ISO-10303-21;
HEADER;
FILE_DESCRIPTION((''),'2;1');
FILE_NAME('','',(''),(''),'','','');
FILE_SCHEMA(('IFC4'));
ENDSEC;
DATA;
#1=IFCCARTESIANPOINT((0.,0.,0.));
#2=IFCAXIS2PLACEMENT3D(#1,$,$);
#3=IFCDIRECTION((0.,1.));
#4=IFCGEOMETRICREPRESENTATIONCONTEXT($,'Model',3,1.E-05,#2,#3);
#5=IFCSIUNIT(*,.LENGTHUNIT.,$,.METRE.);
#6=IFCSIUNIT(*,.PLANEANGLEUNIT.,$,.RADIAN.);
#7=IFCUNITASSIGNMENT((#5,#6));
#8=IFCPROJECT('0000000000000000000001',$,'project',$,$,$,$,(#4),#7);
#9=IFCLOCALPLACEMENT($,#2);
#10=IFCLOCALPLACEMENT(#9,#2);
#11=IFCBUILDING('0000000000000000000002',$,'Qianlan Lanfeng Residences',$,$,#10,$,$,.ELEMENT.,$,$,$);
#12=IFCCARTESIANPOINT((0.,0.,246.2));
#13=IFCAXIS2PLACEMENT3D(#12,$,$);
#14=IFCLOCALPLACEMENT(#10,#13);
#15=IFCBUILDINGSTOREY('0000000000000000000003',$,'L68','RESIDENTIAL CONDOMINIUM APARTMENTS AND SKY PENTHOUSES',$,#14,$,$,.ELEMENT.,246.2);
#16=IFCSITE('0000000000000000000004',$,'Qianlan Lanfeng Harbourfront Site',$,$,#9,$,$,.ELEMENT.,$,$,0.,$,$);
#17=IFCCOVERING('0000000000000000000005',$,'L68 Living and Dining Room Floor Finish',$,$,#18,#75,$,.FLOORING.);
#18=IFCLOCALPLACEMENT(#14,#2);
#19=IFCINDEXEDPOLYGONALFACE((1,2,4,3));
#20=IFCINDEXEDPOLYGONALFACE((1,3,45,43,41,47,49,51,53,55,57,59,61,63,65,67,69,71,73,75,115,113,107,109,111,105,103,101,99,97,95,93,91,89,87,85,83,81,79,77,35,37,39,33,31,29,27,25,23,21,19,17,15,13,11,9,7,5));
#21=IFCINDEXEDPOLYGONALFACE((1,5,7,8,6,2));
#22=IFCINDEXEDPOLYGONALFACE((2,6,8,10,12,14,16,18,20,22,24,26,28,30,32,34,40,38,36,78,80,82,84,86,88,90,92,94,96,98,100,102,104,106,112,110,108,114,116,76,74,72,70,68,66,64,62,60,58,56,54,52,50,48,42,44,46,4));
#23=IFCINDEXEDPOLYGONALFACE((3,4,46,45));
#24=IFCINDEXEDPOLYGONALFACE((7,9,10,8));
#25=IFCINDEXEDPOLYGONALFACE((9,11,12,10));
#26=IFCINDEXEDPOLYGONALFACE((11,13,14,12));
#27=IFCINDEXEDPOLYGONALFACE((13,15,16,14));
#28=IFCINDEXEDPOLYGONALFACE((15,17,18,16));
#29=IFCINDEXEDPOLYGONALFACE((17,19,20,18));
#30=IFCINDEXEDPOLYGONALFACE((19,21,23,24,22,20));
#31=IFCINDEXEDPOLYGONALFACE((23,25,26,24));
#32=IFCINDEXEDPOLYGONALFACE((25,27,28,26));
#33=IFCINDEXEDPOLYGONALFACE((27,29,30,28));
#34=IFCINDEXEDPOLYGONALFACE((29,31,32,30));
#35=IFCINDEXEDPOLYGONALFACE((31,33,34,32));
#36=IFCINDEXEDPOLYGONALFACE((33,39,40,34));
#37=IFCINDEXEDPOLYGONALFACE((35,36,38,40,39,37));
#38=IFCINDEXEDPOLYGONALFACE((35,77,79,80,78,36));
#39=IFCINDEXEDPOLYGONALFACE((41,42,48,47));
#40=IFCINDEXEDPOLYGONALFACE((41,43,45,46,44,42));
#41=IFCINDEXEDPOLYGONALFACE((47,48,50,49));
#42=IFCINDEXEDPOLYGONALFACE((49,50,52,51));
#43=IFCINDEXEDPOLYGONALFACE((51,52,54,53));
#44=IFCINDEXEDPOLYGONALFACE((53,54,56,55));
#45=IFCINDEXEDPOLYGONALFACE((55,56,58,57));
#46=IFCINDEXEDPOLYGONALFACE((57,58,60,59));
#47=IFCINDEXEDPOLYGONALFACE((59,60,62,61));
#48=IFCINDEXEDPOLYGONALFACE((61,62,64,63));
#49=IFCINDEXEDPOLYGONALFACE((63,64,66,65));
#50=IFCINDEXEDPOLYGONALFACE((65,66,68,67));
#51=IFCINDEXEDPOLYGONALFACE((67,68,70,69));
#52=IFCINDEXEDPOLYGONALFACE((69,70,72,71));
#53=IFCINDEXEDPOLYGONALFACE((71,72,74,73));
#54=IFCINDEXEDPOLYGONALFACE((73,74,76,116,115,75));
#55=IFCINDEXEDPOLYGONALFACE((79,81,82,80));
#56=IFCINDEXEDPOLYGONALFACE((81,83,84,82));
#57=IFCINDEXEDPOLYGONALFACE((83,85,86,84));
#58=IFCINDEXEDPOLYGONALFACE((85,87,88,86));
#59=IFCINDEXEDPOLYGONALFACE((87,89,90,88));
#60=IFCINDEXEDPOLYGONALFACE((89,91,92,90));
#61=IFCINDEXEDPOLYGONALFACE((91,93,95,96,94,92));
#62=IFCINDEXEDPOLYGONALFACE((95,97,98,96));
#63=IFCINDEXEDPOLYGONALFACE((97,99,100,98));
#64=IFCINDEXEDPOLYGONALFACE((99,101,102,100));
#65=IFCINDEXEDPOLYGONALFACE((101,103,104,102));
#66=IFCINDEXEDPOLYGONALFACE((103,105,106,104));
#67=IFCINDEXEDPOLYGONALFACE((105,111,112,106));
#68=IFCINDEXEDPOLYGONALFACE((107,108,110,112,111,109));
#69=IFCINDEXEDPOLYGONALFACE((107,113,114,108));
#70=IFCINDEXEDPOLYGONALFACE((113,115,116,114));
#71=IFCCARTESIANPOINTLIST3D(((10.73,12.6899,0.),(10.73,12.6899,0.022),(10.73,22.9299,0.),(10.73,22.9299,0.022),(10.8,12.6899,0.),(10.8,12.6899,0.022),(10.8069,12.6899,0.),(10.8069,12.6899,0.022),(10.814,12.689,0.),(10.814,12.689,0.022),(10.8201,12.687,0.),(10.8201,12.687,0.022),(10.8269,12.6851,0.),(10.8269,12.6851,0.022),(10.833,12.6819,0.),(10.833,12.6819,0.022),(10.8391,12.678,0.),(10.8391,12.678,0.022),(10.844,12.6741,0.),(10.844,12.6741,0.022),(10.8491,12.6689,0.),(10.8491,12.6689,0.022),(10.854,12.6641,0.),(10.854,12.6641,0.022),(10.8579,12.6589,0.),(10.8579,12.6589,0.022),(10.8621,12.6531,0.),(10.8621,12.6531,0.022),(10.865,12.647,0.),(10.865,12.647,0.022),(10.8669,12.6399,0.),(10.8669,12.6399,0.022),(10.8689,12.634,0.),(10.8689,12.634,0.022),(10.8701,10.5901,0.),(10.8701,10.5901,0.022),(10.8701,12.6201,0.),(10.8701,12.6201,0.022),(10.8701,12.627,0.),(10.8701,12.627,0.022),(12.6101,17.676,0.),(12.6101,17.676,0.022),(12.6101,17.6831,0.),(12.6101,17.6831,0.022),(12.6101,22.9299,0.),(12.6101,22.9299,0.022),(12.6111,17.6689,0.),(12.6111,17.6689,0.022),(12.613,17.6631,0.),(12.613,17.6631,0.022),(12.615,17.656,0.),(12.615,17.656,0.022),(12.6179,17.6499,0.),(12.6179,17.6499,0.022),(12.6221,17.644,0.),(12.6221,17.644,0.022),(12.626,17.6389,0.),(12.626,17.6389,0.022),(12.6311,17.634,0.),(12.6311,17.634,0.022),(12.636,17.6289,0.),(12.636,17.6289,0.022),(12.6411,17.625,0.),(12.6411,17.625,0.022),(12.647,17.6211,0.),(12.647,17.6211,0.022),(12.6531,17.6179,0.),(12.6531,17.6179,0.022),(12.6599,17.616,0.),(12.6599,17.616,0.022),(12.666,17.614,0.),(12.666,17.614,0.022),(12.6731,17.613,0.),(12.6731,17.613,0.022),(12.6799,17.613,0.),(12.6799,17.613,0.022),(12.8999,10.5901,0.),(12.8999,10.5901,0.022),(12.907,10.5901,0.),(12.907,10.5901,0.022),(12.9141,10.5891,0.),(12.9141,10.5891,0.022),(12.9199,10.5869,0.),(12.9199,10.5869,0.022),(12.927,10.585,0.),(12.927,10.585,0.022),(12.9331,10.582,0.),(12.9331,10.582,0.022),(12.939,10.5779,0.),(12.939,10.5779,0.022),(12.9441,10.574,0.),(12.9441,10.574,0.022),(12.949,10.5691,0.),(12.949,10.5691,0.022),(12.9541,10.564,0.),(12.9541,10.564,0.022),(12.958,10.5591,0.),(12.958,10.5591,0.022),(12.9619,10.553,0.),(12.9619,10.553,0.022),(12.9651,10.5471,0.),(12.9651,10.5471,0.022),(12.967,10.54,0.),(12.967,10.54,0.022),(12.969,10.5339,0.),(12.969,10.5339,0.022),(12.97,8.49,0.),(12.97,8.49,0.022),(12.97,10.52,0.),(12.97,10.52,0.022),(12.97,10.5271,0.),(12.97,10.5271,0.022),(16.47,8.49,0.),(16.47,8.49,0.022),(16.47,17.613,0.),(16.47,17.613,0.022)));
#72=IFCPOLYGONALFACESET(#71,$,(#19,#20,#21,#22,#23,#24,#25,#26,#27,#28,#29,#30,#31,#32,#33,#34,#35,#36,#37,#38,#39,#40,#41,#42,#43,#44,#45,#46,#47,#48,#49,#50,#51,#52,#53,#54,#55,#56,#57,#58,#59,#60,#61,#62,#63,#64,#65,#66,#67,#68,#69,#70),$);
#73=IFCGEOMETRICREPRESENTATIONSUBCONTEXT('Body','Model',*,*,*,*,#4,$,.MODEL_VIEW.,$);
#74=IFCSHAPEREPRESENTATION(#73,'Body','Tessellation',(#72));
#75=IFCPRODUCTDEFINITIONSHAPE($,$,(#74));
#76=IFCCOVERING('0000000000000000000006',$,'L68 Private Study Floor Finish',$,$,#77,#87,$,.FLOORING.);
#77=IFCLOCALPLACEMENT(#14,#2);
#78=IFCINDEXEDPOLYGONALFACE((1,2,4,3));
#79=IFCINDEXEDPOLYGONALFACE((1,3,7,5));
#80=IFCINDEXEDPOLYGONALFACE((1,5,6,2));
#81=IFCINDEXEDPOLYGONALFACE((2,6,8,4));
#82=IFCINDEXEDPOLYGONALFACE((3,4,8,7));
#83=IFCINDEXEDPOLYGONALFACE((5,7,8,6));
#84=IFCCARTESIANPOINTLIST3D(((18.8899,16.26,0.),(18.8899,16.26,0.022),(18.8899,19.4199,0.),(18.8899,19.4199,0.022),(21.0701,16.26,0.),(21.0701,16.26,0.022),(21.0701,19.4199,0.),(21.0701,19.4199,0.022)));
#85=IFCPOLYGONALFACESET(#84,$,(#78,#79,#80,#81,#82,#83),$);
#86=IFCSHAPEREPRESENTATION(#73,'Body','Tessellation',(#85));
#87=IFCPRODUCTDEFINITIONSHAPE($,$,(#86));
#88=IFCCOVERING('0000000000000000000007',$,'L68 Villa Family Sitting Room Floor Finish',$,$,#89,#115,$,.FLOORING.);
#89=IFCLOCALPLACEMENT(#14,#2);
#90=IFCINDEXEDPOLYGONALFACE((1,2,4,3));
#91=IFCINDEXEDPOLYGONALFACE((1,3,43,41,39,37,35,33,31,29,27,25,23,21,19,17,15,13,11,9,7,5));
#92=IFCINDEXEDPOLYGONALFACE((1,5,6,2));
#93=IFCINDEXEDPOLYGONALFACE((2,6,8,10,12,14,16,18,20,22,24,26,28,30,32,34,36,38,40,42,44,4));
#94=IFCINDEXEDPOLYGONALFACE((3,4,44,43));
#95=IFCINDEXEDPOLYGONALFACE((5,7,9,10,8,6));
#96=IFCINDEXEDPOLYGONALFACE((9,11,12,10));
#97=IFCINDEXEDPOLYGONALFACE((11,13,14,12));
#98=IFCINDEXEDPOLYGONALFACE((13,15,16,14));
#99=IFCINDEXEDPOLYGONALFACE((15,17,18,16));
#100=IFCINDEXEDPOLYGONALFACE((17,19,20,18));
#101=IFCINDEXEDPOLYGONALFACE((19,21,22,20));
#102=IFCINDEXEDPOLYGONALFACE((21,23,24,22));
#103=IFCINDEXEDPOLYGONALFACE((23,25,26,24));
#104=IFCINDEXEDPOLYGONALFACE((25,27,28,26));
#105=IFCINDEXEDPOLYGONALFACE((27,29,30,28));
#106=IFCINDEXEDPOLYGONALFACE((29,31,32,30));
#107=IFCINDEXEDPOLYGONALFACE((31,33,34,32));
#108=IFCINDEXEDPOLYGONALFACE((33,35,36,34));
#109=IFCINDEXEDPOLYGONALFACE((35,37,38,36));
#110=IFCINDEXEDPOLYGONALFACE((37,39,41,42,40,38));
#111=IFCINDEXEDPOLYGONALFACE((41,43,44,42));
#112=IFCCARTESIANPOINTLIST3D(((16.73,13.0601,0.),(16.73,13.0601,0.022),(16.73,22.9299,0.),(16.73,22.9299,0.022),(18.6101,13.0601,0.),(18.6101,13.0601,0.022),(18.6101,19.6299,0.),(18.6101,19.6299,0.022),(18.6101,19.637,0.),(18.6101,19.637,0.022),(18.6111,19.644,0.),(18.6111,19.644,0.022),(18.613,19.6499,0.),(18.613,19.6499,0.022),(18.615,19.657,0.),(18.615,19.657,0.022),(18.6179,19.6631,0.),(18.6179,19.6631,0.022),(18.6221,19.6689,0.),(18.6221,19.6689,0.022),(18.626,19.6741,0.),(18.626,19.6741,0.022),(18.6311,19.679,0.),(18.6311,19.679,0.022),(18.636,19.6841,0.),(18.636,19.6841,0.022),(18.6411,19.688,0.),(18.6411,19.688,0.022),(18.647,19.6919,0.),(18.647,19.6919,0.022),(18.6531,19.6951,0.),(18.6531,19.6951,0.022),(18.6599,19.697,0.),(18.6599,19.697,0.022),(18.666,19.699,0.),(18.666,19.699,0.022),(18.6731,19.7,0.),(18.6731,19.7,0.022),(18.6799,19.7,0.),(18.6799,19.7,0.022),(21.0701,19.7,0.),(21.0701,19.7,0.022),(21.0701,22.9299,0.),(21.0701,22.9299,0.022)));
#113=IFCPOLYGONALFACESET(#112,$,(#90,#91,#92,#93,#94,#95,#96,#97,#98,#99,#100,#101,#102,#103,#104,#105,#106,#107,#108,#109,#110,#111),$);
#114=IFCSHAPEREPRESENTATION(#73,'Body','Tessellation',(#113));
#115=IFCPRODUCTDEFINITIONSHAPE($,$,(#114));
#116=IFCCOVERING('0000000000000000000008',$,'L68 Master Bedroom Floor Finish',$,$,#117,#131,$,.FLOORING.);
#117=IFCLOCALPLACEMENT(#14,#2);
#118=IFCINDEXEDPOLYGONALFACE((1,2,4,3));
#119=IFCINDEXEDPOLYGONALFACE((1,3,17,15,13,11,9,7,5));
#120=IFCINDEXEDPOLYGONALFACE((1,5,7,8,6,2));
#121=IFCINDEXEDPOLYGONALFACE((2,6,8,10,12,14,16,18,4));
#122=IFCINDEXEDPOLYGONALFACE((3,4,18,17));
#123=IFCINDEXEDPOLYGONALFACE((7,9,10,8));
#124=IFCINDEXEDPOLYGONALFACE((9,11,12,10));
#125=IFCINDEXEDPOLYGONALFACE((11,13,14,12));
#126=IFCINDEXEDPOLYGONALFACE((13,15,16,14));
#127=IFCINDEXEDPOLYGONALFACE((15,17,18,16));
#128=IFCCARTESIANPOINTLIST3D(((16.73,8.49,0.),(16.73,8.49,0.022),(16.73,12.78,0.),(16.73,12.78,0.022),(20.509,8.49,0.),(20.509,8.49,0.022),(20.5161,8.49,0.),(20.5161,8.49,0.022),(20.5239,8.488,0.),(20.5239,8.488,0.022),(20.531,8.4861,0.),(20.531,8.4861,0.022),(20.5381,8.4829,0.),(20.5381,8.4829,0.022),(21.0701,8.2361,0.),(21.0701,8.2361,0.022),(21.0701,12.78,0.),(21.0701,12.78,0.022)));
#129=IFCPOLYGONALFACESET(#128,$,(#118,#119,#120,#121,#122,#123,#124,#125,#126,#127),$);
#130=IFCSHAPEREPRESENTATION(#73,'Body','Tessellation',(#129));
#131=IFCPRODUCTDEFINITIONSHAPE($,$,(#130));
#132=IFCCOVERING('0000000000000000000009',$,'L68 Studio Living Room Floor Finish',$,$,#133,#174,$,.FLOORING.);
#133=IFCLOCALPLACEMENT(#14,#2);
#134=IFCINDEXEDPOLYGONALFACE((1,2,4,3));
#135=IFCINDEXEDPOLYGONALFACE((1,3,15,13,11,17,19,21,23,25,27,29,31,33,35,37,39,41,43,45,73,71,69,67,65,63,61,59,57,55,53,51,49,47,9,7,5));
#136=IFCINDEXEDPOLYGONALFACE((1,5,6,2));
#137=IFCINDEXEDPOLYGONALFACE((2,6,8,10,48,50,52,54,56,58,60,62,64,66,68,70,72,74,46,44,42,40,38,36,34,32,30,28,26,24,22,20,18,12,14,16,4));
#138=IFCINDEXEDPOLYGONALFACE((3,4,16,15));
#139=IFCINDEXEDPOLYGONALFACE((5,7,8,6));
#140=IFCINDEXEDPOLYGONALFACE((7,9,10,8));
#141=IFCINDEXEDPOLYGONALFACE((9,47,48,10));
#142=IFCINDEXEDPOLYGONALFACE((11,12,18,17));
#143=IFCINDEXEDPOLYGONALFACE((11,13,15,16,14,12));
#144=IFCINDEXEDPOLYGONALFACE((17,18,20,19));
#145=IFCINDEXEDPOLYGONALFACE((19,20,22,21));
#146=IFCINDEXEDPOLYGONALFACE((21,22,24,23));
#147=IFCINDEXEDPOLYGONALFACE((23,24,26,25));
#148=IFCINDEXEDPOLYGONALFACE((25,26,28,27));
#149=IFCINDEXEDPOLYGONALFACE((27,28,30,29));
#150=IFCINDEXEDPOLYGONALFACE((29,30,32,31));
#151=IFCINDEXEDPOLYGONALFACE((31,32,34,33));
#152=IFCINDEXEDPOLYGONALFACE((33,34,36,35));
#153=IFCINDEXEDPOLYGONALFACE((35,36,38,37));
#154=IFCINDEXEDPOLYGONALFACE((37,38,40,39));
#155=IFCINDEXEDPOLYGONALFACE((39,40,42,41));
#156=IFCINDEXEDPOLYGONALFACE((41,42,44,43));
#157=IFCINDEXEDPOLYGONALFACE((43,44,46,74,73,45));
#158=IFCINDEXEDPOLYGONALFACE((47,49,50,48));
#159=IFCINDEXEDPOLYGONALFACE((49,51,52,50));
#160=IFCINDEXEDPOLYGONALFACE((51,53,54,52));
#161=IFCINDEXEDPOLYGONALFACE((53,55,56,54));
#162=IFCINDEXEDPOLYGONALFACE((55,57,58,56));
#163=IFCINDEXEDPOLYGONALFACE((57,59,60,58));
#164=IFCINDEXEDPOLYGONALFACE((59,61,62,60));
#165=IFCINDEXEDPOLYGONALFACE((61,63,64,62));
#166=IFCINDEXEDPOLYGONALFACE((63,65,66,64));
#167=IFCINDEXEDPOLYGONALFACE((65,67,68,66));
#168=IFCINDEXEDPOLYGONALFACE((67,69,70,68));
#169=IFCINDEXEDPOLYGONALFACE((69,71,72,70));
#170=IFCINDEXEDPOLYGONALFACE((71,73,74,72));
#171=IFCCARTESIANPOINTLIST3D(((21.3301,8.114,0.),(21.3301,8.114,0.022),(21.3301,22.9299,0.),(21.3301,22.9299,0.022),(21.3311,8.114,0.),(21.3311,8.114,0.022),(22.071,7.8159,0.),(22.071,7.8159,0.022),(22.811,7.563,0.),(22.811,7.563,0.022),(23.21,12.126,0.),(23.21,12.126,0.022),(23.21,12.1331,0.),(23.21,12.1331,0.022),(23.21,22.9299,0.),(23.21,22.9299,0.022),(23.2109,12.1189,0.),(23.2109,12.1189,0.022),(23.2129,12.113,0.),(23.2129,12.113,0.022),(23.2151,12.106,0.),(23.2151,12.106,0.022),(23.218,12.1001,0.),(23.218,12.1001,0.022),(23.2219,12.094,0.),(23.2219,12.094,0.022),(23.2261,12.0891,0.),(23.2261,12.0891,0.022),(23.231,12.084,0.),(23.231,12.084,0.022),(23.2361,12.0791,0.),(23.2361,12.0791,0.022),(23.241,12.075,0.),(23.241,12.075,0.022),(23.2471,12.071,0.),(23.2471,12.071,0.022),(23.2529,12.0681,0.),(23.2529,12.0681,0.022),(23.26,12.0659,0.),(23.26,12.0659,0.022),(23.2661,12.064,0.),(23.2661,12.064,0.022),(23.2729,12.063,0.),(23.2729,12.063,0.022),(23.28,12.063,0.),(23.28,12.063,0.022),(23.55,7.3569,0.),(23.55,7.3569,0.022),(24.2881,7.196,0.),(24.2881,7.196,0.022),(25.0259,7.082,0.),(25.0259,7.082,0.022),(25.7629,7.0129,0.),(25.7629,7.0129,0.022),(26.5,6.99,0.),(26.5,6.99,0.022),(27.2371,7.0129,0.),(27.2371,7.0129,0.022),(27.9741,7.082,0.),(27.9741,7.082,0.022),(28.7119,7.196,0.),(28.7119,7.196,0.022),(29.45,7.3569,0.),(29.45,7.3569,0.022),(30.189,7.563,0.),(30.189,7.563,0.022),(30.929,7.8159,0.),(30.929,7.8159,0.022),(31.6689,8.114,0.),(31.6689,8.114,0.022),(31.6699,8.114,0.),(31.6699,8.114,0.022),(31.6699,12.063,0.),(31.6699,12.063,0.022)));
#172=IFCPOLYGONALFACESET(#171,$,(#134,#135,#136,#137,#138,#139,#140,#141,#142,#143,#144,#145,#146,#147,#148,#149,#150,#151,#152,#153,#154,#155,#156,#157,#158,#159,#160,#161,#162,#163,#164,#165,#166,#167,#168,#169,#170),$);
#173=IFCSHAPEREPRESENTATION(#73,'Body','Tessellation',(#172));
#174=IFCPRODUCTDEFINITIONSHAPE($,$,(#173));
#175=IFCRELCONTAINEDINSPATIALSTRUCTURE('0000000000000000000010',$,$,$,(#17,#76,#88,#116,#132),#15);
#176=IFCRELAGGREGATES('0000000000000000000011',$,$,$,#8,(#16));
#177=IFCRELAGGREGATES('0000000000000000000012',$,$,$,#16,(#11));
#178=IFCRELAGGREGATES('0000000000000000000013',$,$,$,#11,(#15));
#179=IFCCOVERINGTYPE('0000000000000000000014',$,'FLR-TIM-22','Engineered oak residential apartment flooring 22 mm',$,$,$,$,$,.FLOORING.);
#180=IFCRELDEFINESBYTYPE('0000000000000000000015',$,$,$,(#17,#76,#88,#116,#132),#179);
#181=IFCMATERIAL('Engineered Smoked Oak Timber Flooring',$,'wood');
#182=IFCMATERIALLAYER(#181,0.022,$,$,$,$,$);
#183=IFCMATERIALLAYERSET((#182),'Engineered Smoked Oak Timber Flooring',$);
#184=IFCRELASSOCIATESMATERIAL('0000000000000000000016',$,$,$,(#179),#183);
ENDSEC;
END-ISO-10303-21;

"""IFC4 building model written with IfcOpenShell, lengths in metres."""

from ifc_helpers import new_model, si_unit, direction, frame, origin, place, context, subcontext, project, spatial, polyline, outline, extrude, material, layer, layer_set, type_object, element, save


model = new_model("IFC4")

# Units and contexts
model_context = context("Model", 3, precision=1e-05, world=origin(), true_north=direction((0.0, 1.0)))
body_context = subcontext(model_context, "Body", "Model", "MODEL_VIEW")
ifc_project = project(units=[si_unit("LENGTHUNIT", "METRE"), si_unit("PLANEANGLEUNIT", "RADIAN")], contexts=[model_context])

# Site, building, storey
site_placement = place(None, origin())
site = spatial("IfcSite", under=ifc_project, at=site_placement, Name="Qianlan Lanfeng Harbourfront Site", CompositionType="ELEMENT", RefElevation=0.0)
building_placement = place(site_placement, origin())
building = spatial("IfcBuilding", under=site, at=building_placement, Name="Qianlan Lanfeng Residences", CompositionType="ELEMENT")
storey_placement = place(building_placement, frame((0.0, 0.0, 246.2)))
storey = spatial("IfcBuildingStorey", under=building, at=storey_placement, Name="L68", Description="RESIDENTIAL CONDOMINIUM APARTMENTS AND SKY PENTHOUSES", CompositionType="ELEMENT", Elevation=246.2)

# Coverings
ifc_material_1 = material(Name="Engineered Smoked Oak Timber Flooring", Category="wood")
ifc_layer_1 = layer(ifc_material_1, 0.022)
ifc_layer_set_1 = layer_set([ifc_layer_1], Name="Engineered Smoked Oak Timber Flooring")
covering_type_1 = type_object("IfcCoveringType", Name="FLR-TIM-22", Description="Engineered oak residential apartment flooring 22 mm", PredefinedType="FLOORING", material=ifc_layer_set_1)
covering_1_placement = place(storey_placement, origin())
element("IfcCovering", 1, at=covering_1_placement, inside=storey, type_object=covering_type_1, Name="L68 Living and Dining Room Floor Finish", PredefinedType="FLOORING", context=body_context, shape_type="SweptSolid", body=[
    extrude(outline(polyline([(16.47, 8.49), (16.47, 17.613), (12.6799, 17.613), (12.6731, 17.613), (12.666, 17.614), (12.6599, 17.616), (12.6531, 17.6179), (12.647, 17.6211), (12.6411, 17.625), (12.636, 17.6289), (12.6311, 17.634), (12.626, 17.6389), (12.6221, 17.644), (12.6179, 17.6499), (12.615, 17.656), (12.613, 17.6631), (12.6111, 17.6689), (12.6101, 17.676), (12.6101, 17.6831), (12.6101, 22.9299), (10.73, 22.9299), (10.73, 12.6899), (10.8, 12.6899), (10.8069, 12.6899), (10.814, 12.689), (10.8201, 12.687), (10.8269, 12.6851), (10.833, 12.6819), (10.8391, 12.678), (10.844, 12.6741), (10.8491, 12.6689), (10.854, 12.6641), (10.8579, 12.6589), (10.8621, 12.6531), (10.865, 12.647), (10.8669, 12.6399), (10.8689, 12.634), (10.8701, 12.627), (10.8701, 12.6201), (10.8701, 10.5901), (12.8999, 10.5901), (12.907, 10.5901), (12.9141, 10.5891), (12.9199, 10.5869), (12.927, 10.585), (12.9331, 10.582), (12.939, 10.5779), (12.9441, 10.574), (12.949, 10.5691), (12.9541, 10.564), (12.958, 10.5591), (12.9619, 10.553), (12.9651, 10.5471), (12.967, 10.54), (12.969, 10.5339), (12.97, 10.5271), (12.97, 10.52), (12.97, 8.49), (16.47, 8.49)])), origin(), (0.0, 0.0, 1.0), 0.022),
])
covering_2_placement = place(storey_placement, origin())
element("IfcCovering", 2, at=covering_2_placement, inside=storey, type_object=covering_type_1, Name="L68 Private Study Floor Finish", PredefinedType="FLOORING", context=body_context, shape_type="SweptSolid", body=[
    extrude(outline(polyline([(18.8899, 16.26), (21.0701, 16.26), (21.0701, 19.4199), (18.8899, 19.4199), (18.8899, 16.26)])), origin(), (0.0, 0.0, 1.0), 0.022),
])
covering_3_placement = place(storey_placement, origin())
element("IfcCovering", 3, at=covering_3_placement, inside=storey, type_object=covering_type_1, Name="L68 Villa Family Sitting Room Floor Finish", PredefinedType="FLOORING", context=body_context, shape_type="SweptSolid", body=[
    extrude(outline(polyline([(16.73, 13.0601), (18.6101, 13.0601), (18.6101, 19.6299), (18.6101, 19.637), (18.6111, 19.644), (18.613, 19.6499), (18.615, 19.657), (18.6179, 19.6631), (18.6221, 19.6689), (18.626, 19.6741), (18.6311, 19.679), (18.636, 19.6841), (18.6411, 19.688), (18.647, 19.6919), (18.6531, 19.6951), (18.6599, 19.697), (18.666, 19.699), (18.6731, 19.7), (18.6799, 19.7), (21.0701, 19.7), (21.0701, 22.9299), (16.73, 22.9299), (16.73, 13.0601)])), origin(), (0.0, 0.0, 1.0), 0.022),
])
covering_4_placement = place(storey_placement, origin())
element("IfcCovering", 4, at=covering_4_placement, inside=storey, type_object=covering_type_1, Name="L68 Master Bedroom Floor Finish", PredefinedType="FLOORING", context=body_context, shape_type="SweptSolid", body=[
    extrude(outline(polyline([(16.73, 12.78), (16.73, 8.49), (20.509, 8.49), (20.5161, 8.49), (20.5239, 8.488), (20.531, 8.4861), (20.5381, 8.4829), (21.0701, 8.2361), (21.0701, 12.78), (16.73, 12.78)])), origin(), (0.0, 0.0, 1.0), 0.022),
])
covering_5_placement = place(storey_placement, origin())
element("IfcCovering", 5, at=covering_5_placement, inside=storey, type_object=covering_type_1, Name="L68 Studio Living Room Floor Finish", PredefinedType="FLOORING", context=body_context, shape_type="SweptSolid", body=[
    extrude(outline(polyline([(31.6699, 8.114), (31.6699, 12.063), (23.28, 12.063), (23.2729, 12.063), (23.2661, 12.064), (23.26, 12.0659), (23.2529, 12.0681), (23.2471, 12.071), (23.241, 12.075), (23.2361, 12.0791), (23.231, 12.084), (23.2261, 12.0891), (23.2219, 12.094), (23.218, 12.1001), (23.2151, 12.106), (23.2129, 12.113), (23.2109, 12.1189), (23.21, 12.126), (23.21, 12.1331), (23.21, 22.9299), (21.3301, 22.9299), (21.3301, 8.114), (21.3311, 8.114), (22.071, 7.8159), (22.811, 7.563), (23.55, 7.3569), (24.2881, 7.196), (25.0259, 7.082), (25.7629, 7.0129), (26.5, 6.99), (27.2371, 7.0129), (27.9741, 7.082), (28.7119, 7.196), (29.45, 7.3569), (30.189, 7.563), (30.929, 7.8159), (31.6689, 8.114), (31.6699, 8.114)])), origin(), (0.0, 0.0, 1.0), 0.022),
])

save(model, "model.ifc")
